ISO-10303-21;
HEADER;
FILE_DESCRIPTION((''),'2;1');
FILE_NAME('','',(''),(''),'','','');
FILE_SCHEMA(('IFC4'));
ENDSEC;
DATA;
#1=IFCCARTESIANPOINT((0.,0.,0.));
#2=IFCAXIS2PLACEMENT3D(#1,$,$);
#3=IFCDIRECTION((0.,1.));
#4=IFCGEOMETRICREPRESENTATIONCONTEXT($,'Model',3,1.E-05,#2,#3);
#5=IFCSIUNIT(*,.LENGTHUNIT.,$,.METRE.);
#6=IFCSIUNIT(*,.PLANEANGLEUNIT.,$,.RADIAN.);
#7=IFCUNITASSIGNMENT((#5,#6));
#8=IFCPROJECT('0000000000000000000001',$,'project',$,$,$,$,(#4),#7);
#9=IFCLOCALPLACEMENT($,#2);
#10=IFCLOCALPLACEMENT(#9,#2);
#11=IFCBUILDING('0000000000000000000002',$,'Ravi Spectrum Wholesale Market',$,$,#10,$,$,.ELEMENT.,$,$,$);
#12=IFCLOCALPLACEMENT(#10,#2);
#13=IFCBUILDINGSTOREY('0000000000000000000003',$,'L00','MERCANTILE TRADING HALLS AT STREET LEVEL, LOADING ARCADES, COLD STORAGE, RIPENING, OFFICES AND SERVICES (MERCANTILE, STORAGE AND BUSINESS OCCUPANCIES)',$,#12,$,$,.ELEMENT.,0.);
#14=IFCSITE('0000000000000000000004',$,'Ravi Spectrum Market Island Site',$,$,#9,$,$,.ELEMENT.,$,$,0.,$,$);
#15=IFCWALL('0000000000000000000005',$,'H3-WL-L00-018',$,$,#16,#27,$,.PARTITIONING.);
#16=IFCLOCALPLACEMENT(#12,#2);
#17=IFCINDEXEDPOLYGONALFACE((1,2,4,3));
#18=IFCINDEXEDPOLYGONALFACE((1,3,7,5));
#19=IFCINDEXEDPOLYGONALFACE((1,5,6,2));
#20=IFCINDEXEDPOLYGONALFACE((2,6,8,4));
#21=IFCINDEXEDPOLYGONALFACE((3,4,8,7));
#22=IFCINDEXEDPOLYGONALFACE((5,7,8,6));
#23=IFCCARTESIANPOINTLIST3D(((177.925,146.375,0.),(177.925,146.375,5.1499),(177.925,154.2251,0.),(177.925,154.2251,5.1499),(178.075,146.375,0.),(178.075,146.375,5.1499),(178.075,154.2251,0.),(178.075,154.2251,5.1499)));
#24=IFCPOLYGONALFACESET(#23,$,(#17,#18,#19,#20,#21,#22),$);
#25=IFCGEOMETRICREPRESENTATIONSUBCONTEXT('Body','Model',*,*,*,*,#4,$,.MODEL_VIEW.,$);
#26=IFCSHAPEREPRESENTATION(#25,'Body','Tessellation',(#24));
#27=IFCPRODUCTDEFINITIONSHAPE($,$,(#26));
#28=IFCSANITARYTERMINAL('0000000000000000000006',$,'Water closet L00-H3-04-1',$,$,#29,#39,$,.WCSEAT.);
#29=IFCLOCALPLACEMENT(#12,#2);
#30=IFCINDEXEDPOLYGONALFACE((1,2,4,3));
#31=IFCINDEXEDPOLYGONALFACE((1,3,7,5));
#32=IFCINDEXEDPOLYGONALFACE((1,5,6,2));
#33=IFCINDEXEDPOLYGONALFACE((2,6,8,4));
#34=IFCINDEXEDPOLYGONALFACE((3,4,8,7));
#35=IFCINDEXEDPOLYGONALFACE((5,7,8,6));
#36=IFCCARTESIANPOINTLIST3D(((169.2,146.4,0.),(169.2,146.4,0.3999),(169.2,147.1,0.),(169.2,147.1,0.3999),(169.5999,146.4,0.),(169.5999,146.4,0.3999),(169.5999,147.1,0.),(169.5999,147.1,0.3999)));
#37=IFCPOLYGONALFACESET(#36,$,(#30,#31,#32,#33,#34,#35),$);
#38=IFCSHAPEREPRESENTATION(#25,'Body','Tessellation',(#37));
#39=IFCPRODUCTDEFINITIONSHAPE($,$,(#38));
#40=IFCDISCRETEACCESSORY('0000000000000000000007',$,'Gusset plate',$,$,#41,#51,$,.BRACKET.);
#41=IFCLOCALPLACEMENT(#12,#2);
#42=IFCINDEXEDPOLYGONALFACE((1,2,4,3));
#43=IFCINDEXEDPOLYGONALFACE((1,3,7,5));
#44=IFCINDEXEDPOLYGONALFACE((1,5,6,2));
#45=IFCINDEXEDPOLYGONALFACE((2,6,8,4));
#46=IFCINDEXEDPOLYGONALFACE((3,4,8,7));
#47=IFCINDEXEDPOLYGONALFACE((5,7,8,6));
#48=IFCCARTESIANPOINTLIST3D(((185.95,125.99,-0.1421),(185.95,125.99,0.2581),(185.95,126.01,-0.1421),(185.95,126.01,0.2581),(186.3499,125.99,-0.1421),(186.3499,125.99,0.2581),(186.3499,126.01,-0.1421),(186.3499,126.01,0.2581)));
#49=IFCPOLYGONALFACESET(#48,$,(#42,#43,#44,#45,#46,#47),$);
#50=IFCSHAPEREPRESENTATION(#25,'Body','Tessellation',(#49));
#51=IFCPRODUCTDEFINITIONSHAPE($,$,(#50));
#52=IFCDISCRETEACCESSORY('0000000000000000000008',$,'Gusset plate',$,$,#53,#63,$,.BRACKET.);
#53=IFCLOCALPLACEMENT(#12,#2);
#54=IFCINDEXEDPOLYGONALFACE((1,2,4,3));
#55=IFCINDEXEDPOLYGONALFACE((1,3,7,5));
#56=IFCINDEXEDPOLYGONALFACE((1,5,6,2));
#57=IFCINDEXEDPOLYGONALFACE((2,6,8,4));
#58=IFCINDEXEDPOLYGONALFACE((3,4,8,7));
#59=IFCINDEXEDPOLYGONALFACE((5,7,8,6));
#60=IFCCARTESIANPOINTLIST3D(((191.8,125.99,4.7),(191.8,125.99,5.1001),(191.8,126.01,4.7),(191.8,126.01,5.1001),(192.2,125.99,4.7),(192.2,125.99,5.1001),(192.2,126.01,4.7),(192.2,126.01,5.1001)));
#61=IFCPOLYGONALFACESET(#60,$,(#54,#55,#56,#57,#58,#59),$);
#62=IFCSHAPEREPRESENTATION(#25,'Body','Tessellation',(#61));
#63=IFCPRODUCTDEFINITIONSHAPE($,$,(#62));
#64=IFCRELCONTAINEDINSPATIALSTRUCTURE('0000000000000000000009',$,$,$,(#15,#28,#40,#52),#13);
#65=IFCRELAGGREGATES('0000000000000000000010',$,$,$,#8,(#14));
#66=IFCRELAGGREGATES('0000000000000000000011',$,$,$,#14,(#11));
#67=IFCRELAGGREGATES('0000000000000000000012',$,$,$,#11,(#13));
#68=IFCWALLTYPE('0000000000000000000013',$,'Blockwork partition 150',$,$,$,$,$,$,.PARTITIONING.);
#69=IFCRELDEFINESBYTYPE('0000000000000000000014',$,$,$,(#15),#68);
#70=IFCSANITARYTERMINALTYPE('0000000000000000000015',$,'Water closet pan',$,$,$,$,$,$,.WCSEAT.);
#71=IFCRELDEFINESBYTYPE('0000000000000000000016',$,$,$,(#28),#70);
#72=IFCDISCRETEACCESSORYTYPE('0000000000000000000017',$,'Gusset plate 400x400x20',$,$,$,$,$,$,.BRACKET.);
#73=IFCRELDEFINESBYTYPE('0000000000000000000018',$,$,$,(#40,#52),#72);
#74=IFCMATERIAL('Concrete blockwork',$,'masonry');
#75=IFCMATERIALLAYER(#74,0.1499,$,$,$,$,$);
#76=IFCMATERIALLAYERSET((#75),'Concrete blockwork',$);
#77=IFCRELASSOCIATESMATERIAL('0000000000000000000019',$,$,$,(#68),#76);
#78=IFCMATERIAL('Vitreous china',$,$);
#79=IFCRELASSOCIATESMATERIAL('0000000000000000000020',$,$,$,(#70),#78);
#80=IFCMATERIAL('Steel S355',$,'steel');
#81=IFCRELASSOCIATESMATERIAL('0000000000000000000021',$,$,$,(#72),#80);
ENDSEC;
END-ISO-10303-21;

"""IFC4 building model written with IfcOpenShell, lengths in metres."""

from ifc_helpers import new_model, si_unit, direction, frame, frame_2d, origin, origin_2d, place, context, subcontext, project, spatial, rectangle, extrude, material, layer, layer_set, material_profile, profile_set, type_object, element, save


model = new_model("IFC4")

# Units and contexts
model_context = context("Model", 3, precision=1e-05, world=origin(), true_north=direction((0.0, 1.0)))
body_context = subcontext(model_context, "Body", "Model", "MODEL_VIEW")
ifc_project = project(units=[si_unit("LENGTHUNIT", "METRE"), si_unit("PLANEANGLEUNIT", "RADIAN")], contexts=[model_context])

# Site, building, storey
site_placement = place(None, origin())
site = spatial("IfcSite", under=ifc_project, at=site_placement, Name="Ravi Spectrum Market Island Site", CompositionType="ELEMENT", RefElevation=0.0)
building_placement = place(site_placement, origin())
building = spatial("IfcBuilding", under=site, at=building_placement, Name="Ravi Spectrum Wholesale Market", CompositionType="ELEMENT")
storey_placement = place(building_placement, origin())
storey = spatial("IfcBuildingStorey", under=building, at=storey_placement, Name="L00", Description="MERCANTILE TRADING HALLS AT STREET LEVEL, LOADING ARCADES, COLD STORAGE, RIPENING, OFFICES AND SERVICES (MERCANTILE, STORAGE AND BUSINESS OCCUPANCIES)", CompositionType="ELEMENT", Elevation=0.0)

# Shared definitions
ifc_material_1 = material(Name="Concrete blockwork", Category="masonry")
ifc_layer = layer(ifc_material_1, 0.1499)
ifc_layer_set = layer_set([ifc_layer], Name="Concrete blockwork")
wall_type = type_object("IfcWallType", Name="Blockwork partition 150", PredefinedType="PARTITIONING", material=ifc_layer_set)

# Wall
for number, where, z_axis, x_axis, name in (
    (1, (178.0, 146.375, 0.0), (0.0, 0.0, 1.0), (0.0, 1.0, 0.0), "H3-WL-L00-018"),
):
    element("IfcWall", number, at=place(storey_placement, frame(where, z_axis=z_axis, x_axis=x_axis)), inside=storey, type_object=wall_type, Name=name, PredefinedType="PARTITIONING", context=body_context, shape_type="SweptSolid", body=[
        extrude(rectangle(XDim=7.8501, YDim=0.1499, at=frame_2d((3.925, 0.0))), origin(), (0.0, 0.0, 1.0), 5.1499),
    ])

# Sanitary terminal
ifc_material_2 = material(Name="Vitreous china")
sanitary_terminal_type = type_object("IfcSanitaryTerminalType", Name="Water closet pan", PredefinedType="WCSEAT", material=ifc_material_2)
sanitary_terminal_placement = place(storey_placement, frame((169.3999, 146.75, 0.0), z_axis=(0.0, 0.0, 1.0), x_axis=(1.0, 0.0, 0.0)))
element("IfcSanitaryTerminal", 2, at=sanitary_terminal_placement, inside=storey, type_object=sanitary_terminal_type, Name="Water closet L00-H3-04-1", PredefinedType="WCSEAT", context=body_context, shape_type="SweptSolid", body=[
    extrude(rectangle(XDim=0.3999, YDim=0.7, at=origin_2d()), origin(), (0.0, 0.0, 1.0), 0.3999),
])

# Discrete accessories
ifc_material_3 = material(Name="Steel S355", Category="steel")
ifc_material_profile_1 = material_profile(ifc_material_3, rectangle(XDim=0.3999, YDim=0.02, at=origin_2d()))
ifc_profile_set_1 = profile_set([ifc_material_profile_1], Name="Steel S355")
discrete_accessory_type = type_object("IfcDiscreteAccessoryType", Name="Gusset plate 400x400x20", PredefinedType="BRACKET", material=ifc_profile_set_1)
for number, where, z_axis, x_axis, name in (
    (3, (186.1499, 126.0, -0.1421), (0.0, 0.0, 1.0), (1.0, 0.0, 0.0), "Gusset plate"),
    (4, (192.0, 126.0, 4.7), (0.0, 0.0, 1.0), (1.0, 0.0, 0.0), "Gusset plate"),
):
    element("IfcDiscreteAccessory", number, at=place(storey_placement, frame(where, z_axis=z_axis, x_axis=x_axis)), inside=storey, type_object=discrete_accessory_type, Name=name, PredefinedType="BRACKET", context=body_context, shape_type="SweptSolid", body=[
        extrude(rectangle(XDim=0.3999, YDim=0.02, at=origin_2d()), origin(), (0.0, 0.0, 1.0), 0.4001),
    ])

save(model, "model.ifc")
